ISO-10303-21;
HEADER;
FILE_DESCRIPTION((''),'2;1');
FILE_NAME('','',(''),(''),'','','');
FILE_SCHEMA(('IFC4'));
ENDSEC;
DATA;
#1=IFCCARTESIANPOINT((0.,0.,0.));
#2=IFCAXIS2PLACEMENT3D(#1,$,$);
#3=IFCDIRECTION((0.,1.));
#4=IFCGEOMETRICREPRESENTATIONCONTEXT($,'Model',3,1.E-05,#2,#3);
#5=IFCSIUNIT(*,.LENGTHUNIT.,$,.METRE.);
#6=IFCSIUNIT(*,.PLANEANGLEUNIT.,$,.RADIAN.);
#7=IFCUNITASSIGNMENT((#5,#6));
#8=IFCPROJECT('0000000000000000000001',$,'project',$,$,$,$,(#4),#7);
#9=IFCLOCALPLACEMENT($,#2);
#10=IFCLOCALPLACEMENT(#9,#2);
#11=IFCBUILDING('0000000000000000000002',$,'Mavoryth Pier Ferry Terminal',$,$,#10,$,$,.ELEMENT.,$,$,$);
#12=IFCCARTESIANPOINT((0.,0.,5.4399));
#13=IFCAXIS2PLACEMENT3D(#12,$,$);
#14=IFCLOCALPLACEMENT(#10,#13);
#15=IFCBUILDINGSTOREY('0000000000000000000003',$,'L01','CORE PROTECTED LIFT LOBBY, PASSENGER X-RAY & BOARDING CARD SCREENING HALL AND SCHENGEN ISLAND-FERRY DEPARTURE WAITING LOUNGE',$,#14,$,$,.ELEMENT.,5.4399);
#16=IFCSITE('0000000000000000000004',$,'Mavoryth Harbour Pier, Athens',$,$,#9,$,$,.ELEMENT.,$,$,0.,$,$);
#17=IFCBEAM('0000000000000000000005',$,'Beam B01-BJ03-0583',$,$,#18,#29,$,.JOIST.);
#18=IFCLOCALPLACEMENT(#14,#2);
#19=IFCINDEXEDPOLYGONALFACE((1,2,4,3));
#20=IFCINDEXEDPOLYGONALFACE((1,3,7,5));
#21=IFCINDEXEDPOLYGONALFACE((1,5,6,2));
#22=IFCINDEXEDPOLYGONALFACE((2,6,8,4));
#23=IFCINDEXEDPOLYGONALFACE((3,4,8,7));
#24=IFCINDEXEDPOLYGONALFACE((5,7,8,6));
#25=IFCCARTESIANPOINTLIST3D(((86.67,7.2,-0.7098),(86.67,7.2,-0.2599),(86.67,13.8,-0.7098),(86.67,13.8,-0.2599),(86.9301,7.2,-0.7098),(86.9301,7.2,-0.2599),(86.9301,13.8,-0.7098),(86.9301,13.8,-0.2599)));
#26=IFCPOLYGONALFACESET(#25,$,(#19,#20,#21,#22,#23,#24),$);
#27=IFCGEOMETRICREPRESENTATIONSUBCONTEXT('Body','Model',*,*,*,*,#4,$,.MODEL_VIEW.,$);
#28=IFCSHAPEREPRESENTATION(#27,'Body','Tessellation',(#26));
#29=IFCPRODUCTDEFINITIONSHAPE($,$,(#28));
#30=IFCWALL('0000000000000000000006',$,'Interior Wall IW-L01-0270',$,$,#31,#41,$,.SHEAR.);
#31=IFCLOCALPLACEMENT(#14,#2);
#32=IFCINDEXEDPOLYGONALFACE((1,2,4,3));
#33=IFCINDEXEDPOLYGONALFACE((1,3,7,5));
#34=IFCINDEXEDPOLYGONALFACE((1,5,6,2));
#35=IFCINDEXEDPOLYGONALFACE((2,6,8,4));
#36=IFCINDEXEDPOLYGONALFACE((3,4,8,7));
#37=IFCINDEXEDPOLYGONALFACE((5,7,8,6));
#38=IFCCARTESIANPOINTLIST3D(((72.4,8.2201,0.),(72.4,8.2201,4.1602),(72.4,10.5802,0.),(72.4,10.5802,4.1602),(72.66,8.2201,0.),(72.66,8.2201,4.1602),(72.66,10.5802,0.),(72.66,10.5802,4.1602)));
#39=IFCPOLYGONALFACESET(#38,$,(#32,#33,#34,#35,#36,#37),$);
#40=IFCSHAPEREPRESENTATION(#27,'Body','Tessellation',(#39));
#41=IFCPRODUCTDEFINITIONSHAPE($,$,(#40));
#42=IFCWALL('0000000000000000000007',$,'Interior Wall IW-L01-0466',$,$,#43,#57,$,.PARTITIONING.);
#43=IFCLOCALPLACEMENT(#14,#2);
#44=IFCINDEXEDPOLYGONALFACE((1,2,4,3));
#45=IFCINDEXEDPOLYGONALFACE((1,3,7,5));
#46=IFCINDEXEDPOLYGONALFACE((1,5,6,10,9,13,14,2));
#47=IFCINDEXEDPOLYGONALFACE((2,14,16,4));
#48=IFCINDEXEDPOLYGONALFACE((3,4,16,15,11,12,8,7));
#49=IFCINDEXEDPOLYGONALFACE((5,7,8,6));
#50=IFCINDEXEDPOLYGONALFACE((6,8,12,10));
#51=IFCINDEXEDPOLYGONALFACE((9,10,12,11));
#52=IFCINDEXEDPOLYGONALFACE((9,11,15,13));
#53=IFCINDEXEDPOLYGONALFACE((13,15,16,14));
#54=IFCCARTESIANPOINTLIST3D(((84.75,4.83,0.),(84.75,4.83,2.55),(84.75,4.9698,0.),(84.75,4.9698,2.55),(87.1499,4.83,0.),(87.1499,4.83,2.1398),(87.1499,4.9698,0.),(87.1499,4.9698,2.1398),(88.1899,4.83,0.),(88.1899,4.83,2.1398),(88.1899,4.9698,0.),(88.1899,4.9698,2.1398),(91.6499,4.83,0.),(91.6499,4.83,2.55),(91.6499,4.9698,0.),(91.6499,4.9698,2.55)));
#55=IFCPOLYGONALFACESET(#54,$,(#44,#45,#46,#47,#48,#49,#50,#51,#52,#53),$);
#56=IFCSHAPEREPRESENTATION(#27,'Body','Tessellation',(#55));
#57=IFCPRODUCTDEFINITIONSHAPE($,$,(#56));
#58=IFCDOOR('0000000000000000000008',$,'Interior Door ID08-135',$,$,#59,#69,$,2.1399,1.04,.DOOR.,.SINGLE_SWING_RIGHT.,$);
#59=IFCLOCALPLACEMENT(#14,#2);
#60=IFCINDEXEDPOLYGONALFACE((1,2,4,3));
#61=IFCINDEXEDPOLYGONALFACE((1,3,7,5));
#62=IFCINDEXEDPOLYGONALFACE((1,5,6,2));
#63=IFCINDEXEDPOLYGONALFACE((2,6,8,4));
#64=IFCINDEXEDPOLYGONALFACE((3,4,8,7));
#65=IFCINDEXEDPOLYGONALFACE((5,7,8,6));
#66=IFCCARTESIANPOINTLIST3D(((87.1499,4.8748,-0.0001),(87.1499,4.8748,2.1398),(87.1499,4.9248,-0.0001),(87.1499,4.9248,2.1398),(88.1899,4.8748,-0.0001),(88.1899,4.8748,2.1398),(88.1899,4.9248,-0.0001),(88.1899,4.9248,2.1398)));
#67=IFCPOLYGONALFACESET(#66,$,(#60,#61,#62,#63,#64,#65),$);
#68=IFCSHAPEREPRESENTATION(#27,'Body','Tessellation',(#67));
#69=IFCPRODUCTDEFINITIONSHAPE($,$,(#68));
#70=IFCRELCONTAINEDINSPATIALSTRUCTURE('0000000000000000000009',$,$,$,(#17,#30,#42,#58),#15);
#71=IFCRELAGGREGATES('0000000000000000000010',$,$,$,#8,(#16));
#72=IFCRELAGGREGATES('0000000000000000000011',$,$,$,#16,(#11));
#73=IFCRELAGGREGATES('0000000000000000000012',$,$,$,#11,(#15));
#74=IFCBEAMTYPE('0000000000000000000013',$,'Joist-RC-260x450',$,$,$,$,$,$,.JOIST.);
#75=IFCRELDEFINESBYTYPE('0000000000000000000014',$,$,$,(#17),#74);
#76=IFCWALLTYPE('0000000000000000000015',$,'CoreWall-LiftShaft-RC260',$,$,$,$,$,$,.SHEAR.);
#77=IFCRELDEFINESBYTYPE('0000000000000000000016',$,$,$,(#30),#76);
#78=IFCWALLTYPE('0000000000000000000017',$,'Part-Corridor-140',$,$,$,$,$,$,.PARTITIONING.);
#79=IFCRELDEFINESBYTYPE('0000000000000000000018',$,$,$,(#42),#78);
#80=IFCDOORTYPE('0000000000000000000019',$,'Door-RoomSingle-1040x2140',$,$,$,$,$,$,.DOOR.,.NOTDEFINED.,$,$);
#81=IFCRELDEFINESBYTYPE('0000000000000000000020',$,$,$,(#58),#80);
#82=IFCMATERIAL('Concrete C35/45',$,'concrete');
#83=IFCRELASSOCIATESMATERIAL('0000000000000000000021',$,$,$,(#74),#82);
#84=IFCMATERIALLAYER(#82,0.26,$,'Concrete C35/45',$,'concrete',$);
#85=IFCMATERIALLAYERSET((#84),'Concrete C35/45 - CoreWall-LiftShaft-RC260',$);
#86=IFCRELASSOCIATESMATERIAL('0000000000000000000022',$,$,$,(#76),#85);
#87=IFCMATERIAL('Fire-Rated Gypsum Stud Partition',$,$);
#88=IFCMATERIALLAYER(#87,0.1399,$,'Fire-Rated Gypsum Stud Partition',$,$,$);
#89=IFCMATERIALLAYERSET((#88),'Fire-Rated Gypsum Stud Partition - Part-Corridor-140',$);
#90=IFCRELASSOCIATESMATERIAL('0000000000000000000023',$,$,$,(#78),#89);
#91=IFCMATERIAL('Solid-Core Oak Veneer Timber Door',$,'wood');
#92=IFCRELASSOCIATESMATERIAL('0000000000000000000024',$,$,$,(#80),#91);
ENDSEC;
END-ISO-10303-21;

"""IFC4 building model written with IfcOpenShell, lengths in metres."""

from ifc_helpers import new_model, si_unit, direction, frame, frame_2d, origin, origin_2d, place, context, subcontext, project, spatial, rectangle, extrude, material, layer, layer_set, material_profile, profile_set, type_object, element, fill, save


model = new_model("IFC4")

# Units and contexts
model_context = context("Model", 3, precision=1e-05, world=origin(), true_north=direction((0.0, 1.0)))
body_context = subcontext(model_context, "Body", "Model", "MODEL_VIEW")
ifc_project = project(units=[si_unit("LENGTHUNIT", "METRE"), si_unit("PLANEANGLEUNIT", "RADIAN")], contexts=[model_context])

# Site, building, storey
site_placement = place(None, origin())
site = spatial("IfcSite", under=ifc_project, at=site_placement, Name="Mavoryth Harbour Pier, Athens", CompositionType="ELEMENT", RefElevation=0.0)
building_placement = place(site_placement, origin())
building = spatial("IfcBuilding", under=site, at=building_placement, Name="Mavoryth Pier Ferry Terminal", CompositionType="ELEMENT")
storey_placement = place(building_placement, frame((0.0, 0.0, 5.4399)))
storey = spatial("IfcBuildingStorey", under=building, at=storey_placement, Name="L01", Description="CORE PROTECTED LIFT LOBBY, PASSENGER X-RAY & BOARDING CARD SCREENING HALL AND SCHENGEN ISLAND-FERRY DEPARTURE WAITING LOUNGE", CompositionType="ELEMENT", Elevation=5.4399)

# Beam
ifc_material_1 = material(Name="Concrete C35/45", Category="concrete")
ifc_material_profile_1 = material_profile(ifc_material_1, rectangle(XDim=0.26, YDim=0.45, at=origin_2d()), Name="RC 260x450", Category="concrete")
ifc_profile_set_1 = profile_set([ifc_material_profile_1], Name="Concrete C35/45 - RC 260x450")
beam_type_1 = type_object("IfcBeamType", Name="Joist-RC-260x450", PredefinedType="JOIST", material=ifc_profile_set_1)
beam_1_placement = place(storey_placement, frame((86.8, 7.2, -0.4849), z_axis=(0.0, 1.0, 0.0), x_axis=(-1.0, 0.0, 0.0)))
element("IfcBeam", 1, at=beam_1_placement, inside=storey, type_object=beam_type_1, Name="Beam B01-BJ03-0583", PredefinedType="JOIST", context=body_context, shape_type="SweptSolid", body=[
    extrude(rectangle(XDim=0.26, YDim=0.45, at=origin_2d()), origin(), (0.0, 0.0, 1.0), 6.6001),
])

# Wall
ifc_layer_1 = layer(ifc_material_1, 0.26, Name="Concrete C35/45", Category="concrete")
ifc_layer_set_1 = layer_set([ifc_layer_1], Name="Concrete C35/45 - CoreWall-LiftShaft-RC260")
wall_type_1 = type_object("IfcWallType", Name="CoreWall-LiftShaft-RC260", PredefinedType="SHEAR", material=ifc_layer_set_1)
wall_1_placement = place(storey_placement, frame((72.53, 8.22, 0.0), z_axis=(0.0, 0.0, 1.0), x_axis=(0.0, 1.0, 0.0)))
element("IfcWall", 2, at=wall_1_placement, inside=storey, type_object=wall_type_1, Name="Interior Wall IW-L01-0270", PredefinedType="SHEAR", context=body_context, shape_type="SweptSolid", body=[
    extrude(rectangle(XDim=2.3601, YDim=0.26, at=frame_2d((1.1802, 0.0))), origin(), (0.0, 0.0, 1.0), 4.1602),
])

# Wall, opening, door
ifc_material_2 = material(Name="Fire-Rated Gypsum Stud Partition")
ifc_layer_2 = layer(ifc_material_2, 0.1399, Name="Fire-Rated Gypsum Stud Partition")
ifc_layer_set_2 = layer_set([ifc_layer_2], Name="Fire-Rated Gypsum Stud Partition - Part-Corridor-140")
wall_type_2 = type_object("IfcWallType", Name="Part-Corridor-140", PredefinedType="PARTITIONING", material=ifc_layer_set_2)
wall_2_placement = place(storey_placement, frame((84.75, 4.8999, 0.0), z_axis=(0.0, 0.0, 1.0), x_axis=(1.0, 0.0, 0.0)))
wall_2 = element("IfcWall", 3, at=wall_2_placement, inside=storey, type_object=wall_type_2, Name="Interior Wall IW-L01-0466", PredefinedType="PARTITIONING", context=body_context, shape_type="SweptSolid", body=[
    extrude(rectangle(XDim=6.8999, YDim=0.1399, at=frame_2d((3.45, 0.0))), origin(), (0.0, 0.0, 1.0), 2.55),
])
opening_placement = place(wall_2_placement, frame((2.3999, 0.0, 0.0)))
opening = element("IfcOpeningElement", 4, at=opening_placement, cuts=wall_2, PredefinedType="OPENING", context=body_context, shape_type="SweptSolid", body=[
    extrude(rectangle(XDim=1.04, YDim=2.1399, at=frame_2d((0.52, 1.0698))), frame((0.0, 0.0798, 0.0), z_axis=(0.0, -1.0, 0.0), x_axis=(1.0, 0.0, 0.0)), (0.0, 0.0, 1.0), 0.1599),
])
ifc_material_3 = material(Name="Solid-Core Oak Veneer Timber Door", Category="wood")
door_type = type_object("IfcDoorType", Name="Door-RoomSingle-1040x2140", OperationType="NOTDEFINED", PredefinedType="DOOR", material=ifc_material_3)
door_placement = place(opening_placement, origin())
door = element("IfcDoor", 5, at=door_placement, inside=storey, type_object=door_type, Name="Interior Door ID08-135", OperationType="SINGLE_SWING_RIGHT", OverallHeight=2.1399, OverallWidth=1.04, PredefinedType="DOOR", context=body_context, shape_type="SweptSolid", body=[
    extrude(rectangle(XDim=1.04, YDim=2.1399, at=frame_2d((0.52, 1.0698))), frame((0.0, 0.0249, 0.0), z_axis=(0.0, -1.0, 0.0), x_axis=(1.0, 0.0, 0.0)), (0.0, 0.0, 1.0), 0.05),
])
fill(opening, door)

save(model, "model.ifc")
